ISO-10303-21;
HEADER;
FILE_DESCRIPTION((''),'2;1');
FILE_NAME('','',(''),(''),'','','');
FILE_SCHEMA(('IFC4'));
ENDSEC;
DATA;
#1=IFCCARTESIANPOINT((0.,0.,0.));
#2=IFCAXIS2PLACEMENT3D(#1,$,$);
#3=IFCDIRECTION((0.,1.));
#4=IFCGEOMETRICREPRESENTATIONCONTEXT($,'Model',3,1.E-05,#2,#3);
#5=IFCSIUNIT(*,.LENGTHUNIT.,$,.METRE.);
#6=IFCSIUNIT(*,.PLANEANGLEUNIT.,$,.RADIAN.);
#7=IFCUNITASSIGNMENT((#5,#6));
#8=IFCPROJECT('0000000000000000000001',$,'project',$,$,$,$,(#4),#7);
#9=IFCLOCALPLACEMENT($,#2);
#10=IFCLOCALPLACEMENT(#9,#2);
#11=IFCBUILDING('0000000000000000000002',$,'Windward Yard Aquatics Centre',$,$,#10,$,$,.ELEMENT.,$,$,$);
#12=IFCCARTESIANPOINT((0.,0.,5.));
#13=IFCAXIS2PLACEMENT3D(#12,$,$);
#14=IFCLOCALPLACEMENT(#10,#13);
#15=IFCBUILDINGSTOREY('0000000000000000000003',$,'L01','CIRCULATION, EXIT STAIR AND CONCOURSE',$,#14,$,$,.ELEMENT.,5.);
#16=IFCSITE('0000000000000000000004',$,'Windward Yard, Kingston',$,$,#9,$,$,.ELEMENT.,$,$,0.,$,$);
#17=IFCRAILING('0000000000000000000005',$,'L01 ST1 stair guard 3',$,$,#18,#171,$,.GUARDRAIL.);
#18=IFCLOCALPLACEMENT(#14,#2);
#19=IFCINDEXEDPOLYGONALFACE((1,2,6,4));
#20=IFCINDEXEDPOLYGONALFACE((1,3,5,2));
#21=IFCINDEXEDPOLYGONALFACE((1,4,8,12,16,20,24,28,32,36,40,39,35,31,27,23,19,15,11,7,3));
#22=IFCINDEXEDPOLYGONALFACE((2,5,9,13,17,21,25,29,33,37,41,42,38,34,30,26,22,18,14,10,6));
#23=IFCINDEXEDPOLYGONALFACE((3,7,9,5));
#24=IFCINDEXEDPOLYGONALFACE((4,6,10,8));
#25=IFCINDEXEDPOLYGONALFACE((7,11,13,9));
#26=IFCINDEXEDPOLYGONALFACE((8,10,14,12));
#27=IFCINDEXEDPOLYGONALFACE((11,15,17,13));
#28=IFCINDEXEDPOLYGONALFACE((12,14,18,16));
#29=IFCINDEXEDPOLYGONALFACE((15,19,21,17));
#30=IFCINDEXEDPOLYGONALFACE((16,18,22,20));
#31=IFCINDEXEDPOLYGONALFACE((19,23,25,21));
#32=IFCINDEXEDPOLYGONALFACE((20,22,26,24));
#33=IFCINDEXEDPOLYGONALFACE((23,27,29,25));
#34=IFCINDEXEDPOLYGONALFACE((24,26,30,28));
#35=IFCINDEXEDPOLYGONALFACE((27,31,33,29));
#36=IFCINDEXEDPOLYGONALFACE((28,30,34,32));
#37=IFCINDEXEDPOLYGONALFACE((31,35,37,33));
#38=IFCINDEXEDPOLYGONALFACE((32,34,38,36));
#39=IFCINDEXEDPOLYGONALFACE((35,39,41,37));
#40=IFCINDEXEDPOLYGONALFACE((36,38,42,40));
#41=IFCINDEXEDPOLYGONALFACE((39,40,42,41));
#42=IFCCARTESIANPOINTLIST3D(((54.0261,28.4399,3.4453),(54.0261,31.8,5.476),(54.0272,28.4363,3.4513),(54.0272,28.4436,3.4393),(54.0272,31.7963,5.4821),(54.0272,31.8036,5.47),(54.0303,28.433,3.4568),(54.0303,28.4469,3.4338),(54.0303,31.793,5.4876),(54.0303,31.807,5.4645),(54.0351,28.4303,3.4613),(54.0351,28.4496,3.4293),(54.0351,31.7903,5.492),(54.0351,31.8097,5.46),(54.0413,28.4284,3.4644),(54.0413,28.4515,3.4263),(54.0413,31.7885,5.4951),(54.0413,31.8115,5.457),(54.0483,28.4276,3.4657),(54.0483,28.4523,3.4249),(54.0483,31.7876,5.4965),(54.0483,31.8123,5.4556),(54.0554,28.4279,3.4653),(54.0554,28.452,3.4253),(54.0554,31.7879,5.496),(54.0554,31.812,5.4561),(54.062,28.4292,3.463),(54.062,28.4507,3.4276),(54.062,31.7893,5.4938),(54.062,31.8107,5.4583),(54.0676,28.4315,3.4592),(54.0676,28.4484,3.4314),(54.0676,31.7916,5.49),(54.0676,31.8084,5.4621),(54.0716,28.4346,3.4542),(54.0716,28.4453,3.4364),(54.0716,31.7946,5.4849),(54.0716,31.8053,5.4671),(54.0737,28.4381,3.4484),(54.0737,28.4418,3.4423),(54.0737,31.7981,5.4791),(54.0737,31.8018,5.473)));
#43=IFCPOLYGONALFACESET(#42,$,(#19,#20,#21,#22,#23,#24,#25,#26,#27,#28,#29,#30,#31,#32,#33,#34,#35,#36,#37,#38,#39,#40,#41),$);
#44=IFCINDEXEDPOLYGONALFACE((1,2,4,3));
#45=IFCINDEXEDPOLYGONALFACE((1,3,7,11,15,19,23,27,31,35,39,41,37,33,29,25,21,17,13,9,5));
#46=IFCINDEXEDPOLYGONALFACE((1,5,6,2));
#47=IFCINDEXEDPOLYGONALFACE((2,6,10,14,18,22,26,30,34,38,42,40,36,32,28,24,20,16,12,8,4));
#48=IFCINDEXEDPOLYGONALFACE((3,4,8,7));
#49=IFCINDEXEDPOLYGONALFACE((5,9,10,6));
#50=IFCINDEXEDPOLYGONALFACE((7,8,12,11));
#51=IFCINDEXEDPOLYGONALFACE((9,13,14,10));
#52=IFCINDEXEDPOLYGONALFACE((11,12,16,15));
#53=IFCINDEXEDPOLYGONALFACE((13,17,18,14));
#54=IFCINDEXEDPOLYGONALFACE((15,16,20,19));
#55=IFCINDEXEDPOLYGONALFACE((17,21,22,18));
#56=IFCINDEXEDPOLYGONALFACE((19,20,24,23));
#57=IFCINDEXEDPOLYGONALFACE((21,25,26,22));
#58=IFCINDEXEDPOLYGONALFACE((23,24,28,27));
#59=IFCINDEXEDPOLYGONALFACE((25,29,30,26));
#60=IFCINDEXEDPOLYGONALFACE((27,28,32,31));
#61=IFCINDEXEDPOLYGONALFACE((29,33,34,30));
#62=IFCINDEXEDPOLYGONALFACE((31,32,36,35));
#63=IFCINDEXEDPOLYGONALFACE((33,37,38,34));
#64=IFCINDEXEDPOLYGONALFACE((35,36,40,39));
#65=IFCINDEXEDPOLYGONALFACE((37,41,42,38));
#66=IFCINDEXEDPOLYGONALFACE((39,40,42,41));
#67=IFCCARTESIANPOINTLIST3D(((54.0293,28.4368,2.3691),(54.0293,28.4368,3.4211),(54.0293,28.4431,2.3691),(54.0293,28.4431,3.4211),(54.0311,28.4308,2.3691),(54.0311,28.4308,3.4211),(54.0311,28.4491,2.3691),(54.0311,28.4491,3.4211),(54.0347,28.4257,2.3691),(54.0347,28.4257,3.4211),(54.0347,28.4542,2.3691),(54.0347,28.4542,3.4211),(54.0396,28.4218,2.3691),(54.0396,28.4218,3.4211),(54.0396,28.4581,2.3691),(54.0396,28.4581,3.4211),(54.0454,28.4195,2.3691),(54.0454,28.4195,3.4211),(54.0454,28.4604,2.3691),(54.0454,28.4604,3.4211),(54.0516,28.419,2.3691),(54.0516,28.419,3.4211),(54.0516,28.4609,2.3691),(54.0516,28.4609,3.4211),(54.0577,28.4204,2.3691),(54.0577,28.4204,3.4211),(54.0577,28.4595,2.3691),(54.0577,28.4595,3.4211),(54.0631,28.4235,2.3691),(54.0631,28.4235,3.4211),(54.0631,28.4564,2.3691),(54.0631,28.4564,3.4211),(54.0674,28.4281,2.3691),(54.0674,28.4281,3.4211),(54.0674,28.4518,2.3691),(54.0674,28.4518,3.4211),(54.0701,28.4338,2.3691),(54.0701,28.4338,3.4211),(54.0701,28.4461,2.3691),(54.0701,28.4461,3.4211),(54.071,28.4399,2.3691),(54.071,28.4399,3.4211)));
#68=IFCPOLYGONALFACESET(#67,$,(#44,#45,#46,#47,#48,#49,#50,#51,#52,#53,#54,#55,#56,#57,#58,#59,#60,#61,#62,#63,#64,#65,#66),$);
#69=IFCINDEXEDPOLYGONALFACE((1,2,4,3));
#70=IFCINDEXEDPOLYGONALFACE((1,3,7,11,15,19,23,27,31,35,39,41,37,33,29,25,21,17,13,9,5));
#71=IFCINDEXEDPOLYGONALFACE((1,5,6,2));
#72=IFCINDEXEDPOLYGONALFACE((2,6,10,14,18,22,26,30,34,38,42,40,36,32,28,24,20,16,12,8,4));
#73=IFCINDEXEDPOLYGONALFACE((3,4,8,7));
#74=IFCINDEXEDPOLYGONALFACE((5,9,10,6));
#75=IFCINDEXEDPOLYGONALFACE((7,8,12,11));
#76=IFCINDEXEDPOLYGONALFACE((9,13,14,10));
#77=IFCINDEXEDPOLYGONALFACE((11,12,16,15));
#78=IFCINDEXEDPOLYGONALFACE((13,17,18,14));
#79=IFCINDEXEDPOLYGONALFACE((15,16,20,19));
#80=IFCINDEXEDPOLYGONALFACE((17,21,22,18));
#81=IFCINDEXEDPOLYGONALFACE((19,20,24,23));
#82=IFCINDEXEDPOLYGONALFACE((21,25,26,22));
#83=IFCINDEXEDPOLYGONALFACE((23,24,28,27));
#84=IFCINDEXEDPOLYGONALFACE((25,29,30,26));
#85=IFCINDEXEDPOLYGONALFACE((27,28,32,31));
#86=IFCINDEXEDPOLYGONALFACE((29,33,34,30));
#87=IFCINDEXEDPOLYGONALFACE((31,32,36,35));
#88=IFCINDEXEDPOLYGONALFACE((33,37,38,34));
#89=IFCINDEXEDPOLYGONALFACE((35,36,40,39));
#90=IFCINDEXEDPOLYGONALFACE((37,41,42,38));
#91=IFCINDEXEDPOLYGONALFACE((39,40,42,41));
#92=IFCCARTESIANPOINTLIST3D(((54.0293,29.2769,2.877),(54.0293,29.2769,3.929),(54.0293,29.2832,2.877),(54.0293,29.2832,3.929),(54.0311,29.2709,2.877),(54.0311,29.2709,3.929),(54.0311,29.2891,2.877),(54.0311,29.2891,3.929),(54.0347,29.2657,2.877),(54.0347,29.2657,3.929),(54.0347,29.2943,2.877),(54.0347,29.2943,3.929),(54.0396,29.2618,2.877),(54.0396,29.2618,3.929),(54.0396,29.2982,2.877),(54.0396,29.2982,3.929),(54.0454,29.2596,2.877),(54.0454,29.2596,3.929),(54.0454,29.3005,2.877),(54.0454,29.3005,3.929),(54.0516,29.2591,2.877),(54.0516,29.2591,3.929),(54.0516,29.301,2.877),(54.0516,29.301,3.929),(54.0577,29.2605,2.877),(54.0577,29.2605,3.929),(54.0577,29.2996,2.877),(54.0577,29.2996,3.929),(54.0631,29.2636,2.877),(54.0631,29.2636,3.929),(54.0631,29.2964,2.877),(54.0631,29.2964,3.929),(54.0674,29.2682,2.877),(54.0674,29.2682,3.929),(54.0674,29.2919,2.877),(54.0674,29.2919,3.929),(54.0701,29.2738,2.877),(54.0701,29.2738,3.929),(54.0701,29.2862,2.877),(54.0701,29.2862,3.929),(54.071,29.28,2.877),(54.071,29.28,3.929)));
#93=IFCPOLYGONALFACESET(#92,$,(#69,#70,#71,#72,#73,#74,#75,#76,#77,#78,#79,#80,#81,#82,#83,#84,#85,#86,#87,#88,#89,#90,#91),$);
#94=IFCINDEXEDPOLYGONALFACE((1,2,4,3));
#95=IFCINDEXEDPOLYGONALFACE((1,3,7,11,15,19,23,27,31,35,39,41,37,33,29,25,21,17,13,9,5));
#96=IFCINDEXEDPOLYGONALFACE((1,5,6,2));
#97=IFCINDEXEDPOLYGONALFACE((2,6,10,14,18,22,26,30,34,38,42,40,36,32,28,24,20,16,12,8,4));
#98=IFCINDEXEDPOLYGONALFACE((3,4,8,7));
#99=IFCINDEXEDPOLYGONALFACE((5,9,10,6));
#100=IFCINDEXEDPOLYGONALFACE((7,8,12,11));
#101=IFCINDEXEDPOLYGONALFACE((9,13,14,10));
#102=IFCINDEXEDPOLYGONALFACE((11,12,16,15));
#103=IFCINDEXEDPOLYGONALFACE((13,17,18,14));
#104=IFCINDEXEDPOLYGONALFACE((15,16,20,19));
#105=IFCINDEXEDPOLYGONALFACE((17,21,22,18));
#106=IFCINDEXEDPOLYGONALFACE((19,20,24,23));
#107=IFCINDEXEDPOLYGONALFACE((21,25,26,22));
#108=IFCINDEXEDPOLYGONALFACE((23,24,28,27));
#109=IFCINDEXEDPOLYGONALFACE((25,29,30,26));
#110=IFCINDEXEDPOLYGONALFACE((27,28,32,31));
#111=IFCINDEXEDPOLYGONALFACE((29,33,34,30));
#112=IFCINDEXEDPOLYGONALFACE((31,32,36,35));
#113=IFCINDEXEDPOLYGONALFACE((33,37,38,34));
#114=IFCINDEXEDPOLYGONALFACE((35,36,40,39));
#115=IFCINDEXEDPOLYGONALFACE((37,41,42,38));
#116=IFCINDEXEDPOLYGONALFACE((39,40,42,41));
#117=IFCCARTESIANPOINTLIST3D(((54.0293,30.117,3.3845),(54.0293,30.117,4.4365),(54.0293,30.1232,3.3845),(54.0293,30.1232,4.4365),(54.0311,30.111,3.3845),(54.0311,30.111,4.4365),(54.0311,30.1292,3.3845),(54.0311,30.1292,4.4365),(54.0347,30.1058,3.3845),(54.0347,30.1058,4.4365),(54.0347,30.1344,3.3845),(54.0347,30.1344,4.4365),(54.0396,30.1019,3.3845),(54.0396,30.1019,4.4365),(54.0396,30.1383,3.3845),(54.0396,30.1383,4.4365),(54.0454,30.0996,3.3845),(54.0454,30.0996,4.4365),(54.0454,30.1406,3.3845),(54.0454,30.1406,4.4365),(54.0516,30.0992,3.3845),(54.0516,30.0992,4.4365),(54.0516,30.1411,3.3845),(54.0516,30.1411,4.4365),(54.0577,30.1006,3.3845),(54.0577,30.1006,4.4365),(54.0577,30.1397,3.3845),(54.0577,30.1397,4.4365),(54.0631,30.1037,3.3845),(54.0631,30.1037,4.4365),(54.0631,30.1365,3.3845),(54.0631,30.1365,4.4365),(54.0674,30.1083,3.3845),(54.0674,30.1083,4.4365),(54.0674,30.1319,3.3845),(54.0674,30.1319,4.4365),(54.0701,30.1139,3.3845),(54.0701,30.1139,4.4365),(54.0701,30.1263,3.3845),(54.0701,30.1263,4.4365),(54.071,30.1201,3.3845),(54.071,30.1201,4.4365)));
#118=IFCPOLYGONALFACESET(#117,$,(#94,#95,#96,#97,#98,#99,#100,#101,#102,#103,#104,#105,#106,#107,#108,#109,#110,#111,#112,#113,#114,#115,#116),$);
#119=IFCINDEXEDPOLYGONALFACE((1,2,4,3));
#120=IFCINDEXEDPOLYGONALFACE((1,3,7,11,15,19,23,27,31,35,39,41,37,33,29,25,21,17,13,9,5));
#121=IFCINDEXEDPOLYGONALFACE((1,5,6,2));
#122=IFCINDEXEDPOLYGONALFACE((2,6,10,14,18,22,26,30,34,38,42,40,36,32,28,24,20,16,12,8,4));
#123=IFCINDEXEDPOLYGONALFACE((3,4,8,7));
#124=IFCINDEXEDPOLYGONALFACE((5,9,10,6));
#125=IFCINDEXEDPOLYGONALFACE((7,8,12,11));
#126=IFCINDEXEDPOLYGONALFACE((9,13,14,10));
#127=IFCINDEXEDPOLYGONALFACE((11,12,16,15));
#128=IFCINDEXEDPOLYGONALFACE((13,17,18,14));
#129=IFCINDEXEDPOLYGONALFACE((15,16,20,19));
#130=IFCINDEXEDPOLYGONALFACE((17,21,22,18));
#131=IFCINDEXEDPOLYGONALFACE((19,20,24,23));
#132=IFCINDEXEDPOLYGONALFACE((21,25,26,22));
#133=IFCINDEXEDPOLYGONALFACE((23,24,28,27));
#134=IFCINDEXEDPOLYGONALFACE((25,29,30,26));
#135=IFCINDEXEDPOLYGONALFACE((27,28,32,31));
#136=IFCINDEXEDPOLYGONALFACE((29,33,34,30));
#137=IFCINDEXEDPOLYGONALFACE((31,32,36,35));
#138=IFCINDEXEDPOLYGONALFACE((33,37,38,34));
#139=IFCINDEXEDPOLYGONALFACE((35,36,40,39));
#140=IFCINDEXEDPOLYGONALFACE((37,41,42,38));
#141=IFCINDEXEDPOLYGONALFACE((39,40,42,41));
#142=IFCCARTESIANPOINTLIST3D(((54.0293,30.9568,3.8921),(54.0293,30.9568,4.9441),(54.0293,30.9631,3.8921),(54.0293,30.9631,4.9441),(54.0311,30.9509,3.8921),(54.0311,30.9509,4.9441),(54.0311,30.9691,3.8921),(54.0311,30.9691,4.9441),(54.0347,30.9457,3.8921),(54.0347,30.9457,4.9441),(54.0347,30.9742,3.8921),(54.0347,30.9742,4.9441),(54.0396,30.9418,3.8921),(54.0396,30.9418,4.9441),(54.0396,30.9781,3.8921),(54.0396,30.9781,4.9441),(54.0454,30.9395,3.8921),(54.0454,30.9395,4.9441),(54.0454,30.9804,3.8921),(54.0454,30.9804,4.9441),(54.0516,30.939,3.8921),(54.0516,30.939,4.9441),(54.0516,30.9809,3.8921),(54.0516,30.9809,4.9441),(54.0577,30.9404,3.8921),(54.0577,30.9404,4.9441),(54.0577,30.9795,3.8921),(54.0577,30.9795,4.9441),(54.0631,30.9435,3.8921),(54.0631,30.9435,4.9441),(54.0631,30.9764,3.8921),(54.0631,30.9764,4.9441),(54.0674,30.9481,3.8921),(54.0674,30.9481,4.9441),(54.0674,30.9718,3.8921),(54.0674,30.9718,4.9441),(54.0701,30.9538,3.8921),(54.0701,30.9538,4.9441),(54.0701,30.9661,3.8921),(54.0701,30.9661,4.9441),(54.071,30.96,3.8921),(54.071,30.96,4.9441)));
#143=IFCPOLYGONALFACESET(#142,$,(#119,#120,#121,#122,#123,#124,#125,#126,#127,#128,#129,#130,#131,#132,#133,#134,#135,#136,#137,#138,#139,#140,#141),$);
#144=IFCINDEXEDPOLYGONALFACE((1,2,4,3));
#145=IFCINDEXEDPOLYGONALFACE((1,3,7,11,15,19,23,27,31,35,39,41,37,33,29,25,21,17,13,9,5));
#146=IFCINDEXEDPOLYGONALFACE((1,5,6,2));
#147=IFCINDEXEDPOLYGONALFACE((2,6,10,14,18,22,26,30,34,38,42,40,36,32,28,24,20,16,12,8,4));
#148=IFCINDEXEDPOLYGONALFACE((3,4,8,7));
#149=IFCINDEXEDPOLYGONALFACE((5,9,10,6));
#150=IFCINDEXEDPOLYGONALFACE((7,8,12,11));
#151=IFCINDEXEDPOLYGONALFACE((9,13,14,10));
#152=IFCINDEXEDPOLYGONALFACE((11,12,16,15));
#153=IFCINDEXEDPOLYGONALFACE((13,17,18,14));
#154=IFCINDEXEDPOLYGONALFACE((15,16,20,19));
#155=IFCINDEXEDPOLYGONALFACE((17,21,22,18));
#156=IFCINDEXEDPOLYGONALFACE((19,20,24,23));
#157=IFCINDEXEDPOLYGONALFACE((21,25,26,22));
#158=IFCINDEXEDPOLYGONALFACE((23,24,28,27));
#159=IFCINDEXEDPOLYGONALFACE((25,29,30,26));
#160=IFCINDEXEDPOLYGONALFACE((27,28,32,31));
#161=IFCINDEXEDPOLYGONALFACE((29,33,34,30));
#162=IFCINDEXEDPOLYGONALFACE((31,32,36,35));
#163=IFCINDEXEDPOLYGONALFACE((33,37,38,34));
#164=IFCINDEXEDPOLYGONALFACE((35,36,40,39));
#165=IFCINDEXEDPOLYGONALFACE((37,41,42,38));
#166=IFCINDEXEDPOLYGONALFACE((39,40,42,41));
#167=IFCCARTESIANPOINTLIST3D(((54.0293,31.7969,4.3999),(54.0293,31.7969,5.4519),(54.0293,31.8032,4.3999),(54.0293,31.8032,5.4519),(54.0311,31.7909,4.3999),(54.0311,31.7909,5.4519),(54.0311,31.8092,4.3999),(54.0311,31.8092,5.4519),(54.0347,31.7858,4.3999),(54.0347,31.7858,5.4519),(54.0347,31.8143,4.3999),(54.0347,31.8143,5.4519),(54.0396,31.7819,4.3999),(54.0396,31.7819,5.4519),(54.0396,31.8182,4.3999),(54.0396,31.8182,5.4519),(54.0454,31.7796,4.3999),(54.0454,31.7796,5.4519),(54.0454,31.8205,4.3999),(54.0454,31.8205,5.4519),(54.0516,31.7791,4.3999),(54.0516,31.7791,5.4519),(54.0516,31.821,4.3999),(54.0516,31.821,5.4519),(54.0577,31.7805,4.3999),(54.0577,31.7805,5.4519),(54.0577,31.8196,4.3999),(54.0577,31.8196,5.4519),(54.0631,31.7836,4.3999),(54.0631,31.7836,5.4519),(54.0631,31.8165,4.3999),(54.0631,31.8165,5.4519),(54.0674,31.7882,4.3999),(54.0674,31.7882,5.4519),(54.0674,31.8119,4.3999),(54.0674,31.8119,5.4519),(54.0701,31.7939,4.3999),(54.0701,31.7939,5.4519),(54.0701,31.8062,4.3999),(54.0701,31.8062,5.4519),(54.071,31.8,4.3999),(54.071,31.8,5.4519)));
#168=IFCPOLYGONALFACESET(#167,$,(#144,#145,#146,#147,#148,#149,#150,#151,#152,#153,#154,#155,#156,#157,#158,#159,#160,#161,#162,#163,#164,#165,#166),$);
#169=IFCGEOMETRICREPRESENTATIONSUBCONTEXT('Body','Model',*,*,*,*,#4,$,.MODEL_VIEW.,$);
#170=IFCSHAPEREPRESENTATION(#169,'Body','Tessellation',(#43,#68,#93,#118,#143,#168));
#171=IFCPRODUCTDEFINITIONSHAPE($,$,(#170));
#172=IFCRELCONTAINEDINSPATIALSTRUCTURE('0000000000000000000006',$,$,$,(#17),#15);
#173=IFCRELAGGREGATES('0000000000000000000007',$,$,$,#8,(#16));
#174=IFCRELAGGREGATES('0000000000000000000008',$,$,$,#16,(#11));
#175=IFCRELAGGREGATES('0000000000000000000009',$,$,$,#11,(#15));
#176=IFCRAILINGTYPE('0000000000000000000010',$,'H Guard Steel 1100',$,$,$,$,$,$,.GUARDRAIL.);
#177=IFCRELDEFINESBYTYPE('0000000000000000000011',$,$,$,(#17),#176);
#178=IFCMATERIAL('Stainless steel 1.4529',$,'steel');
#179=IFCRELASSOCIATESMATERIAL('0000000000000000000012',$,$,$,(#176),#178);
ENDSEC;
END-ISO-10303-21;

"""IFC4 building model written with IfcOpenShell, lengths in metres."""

from ifc_helpers import new_model, si_unit, direction, frame, origin, origin_2d, place, context, subcontext, project, spatial, circle, extrude, material, type_object, element, save


model = new_model("IFC4")

# Units and contexts
model_context = context("Model", 3, precision=1e-05, world=origin(), true_north=direction((0.0, 1.0)))
body_context = subcontext(model_context, "Body", "Model", "MODEL_VIEW")
ifc_project = project(units=[si_unit("LENGTHUNIT", "METRE"), si_unit("PLANEANGLEUNIT", "RADIAN")], contexts=[model_context])

# Site, building, storey
site_placement = place(None, origin())
site = spatial("IfcSite", under=ifc_project, at=site_placement, Name="Windward Yard, Kingston", CompositionType="ELEMENT", RefElevation=0.0)
building_placement = place(site_placement, origin())
building = spatial("IfcBuilding", under=site, at=building_placement, Name="Windward Yard Aquatics Centre", CompositionType="ELEMENT")
storey_placement = place(building_placement, frame((0.0, 0.0, 5.0)))
storey = spatial("IfcBuildingStorey", under=building, at=storey_placement, Name="L01", Description="CIRCULATION, EXIT STAIR AND CONCOURSE", CompositionType="ELEMENT", Elevation=5.0)

# Railing
ifc_material_1 = material(Name="Stainless steel 1.4529", Category="steel")
railing_type_1 = type_object("IfcRailingType", Name="H Guard Steel 1100", PredefinedType="GUARDRAIL", material=ifc_material_1)
railing_1_placement = place(storey_placement, frame((54.05, 28.4399, 2.3691)))
element("IfcRailing", 1, at=railing_1_placement, inside=storey, type_object=railing_type_1, Name="L01 ST1 stair guard 3", PredefinedType="GUARDRAIL", context=body_context, shape_type="SweptSolid", body=[
    extrude(circle(Radius=0.0239, at=origin_2d()), frame((0.0, 0.0, 1.0762), z_axis=(0.0, 0.855837, 0.517246), x_axis=(-1.0, 0.0, 0.0)), (0.0, 0.0, 1.0), 3.926),
    extrude(circle(Radius=0.021, at=origin_2d()), origin(), (0.0, 0.0, 1.0), 1.052),
    extrude(circle(Radius=0.021, at=origin_2d()), frame((0.0, 0.8401, 0.5078)), (0.0, 0.0, 1.0), 1.052),
    extrude(circle(Radius=0.021, at=origin_2d()), frame((0.0, 1.6802, 1.0154)), (0.0, 0.0, 1.0), 1.052),
    extrude(circle(Radius=0.021, at=origin_2d()), frame((0.0, 2.52, 1.5229)), (0.0, 0.0, 1.0), 1.052),
    extrude(circle(Radius=0.021, at=origin_2d()), frame((0.0, 3.3601, 2.0308)), (0.0, 0.0, 1.0), 1.052),
])

save(model, "model.ifc")
